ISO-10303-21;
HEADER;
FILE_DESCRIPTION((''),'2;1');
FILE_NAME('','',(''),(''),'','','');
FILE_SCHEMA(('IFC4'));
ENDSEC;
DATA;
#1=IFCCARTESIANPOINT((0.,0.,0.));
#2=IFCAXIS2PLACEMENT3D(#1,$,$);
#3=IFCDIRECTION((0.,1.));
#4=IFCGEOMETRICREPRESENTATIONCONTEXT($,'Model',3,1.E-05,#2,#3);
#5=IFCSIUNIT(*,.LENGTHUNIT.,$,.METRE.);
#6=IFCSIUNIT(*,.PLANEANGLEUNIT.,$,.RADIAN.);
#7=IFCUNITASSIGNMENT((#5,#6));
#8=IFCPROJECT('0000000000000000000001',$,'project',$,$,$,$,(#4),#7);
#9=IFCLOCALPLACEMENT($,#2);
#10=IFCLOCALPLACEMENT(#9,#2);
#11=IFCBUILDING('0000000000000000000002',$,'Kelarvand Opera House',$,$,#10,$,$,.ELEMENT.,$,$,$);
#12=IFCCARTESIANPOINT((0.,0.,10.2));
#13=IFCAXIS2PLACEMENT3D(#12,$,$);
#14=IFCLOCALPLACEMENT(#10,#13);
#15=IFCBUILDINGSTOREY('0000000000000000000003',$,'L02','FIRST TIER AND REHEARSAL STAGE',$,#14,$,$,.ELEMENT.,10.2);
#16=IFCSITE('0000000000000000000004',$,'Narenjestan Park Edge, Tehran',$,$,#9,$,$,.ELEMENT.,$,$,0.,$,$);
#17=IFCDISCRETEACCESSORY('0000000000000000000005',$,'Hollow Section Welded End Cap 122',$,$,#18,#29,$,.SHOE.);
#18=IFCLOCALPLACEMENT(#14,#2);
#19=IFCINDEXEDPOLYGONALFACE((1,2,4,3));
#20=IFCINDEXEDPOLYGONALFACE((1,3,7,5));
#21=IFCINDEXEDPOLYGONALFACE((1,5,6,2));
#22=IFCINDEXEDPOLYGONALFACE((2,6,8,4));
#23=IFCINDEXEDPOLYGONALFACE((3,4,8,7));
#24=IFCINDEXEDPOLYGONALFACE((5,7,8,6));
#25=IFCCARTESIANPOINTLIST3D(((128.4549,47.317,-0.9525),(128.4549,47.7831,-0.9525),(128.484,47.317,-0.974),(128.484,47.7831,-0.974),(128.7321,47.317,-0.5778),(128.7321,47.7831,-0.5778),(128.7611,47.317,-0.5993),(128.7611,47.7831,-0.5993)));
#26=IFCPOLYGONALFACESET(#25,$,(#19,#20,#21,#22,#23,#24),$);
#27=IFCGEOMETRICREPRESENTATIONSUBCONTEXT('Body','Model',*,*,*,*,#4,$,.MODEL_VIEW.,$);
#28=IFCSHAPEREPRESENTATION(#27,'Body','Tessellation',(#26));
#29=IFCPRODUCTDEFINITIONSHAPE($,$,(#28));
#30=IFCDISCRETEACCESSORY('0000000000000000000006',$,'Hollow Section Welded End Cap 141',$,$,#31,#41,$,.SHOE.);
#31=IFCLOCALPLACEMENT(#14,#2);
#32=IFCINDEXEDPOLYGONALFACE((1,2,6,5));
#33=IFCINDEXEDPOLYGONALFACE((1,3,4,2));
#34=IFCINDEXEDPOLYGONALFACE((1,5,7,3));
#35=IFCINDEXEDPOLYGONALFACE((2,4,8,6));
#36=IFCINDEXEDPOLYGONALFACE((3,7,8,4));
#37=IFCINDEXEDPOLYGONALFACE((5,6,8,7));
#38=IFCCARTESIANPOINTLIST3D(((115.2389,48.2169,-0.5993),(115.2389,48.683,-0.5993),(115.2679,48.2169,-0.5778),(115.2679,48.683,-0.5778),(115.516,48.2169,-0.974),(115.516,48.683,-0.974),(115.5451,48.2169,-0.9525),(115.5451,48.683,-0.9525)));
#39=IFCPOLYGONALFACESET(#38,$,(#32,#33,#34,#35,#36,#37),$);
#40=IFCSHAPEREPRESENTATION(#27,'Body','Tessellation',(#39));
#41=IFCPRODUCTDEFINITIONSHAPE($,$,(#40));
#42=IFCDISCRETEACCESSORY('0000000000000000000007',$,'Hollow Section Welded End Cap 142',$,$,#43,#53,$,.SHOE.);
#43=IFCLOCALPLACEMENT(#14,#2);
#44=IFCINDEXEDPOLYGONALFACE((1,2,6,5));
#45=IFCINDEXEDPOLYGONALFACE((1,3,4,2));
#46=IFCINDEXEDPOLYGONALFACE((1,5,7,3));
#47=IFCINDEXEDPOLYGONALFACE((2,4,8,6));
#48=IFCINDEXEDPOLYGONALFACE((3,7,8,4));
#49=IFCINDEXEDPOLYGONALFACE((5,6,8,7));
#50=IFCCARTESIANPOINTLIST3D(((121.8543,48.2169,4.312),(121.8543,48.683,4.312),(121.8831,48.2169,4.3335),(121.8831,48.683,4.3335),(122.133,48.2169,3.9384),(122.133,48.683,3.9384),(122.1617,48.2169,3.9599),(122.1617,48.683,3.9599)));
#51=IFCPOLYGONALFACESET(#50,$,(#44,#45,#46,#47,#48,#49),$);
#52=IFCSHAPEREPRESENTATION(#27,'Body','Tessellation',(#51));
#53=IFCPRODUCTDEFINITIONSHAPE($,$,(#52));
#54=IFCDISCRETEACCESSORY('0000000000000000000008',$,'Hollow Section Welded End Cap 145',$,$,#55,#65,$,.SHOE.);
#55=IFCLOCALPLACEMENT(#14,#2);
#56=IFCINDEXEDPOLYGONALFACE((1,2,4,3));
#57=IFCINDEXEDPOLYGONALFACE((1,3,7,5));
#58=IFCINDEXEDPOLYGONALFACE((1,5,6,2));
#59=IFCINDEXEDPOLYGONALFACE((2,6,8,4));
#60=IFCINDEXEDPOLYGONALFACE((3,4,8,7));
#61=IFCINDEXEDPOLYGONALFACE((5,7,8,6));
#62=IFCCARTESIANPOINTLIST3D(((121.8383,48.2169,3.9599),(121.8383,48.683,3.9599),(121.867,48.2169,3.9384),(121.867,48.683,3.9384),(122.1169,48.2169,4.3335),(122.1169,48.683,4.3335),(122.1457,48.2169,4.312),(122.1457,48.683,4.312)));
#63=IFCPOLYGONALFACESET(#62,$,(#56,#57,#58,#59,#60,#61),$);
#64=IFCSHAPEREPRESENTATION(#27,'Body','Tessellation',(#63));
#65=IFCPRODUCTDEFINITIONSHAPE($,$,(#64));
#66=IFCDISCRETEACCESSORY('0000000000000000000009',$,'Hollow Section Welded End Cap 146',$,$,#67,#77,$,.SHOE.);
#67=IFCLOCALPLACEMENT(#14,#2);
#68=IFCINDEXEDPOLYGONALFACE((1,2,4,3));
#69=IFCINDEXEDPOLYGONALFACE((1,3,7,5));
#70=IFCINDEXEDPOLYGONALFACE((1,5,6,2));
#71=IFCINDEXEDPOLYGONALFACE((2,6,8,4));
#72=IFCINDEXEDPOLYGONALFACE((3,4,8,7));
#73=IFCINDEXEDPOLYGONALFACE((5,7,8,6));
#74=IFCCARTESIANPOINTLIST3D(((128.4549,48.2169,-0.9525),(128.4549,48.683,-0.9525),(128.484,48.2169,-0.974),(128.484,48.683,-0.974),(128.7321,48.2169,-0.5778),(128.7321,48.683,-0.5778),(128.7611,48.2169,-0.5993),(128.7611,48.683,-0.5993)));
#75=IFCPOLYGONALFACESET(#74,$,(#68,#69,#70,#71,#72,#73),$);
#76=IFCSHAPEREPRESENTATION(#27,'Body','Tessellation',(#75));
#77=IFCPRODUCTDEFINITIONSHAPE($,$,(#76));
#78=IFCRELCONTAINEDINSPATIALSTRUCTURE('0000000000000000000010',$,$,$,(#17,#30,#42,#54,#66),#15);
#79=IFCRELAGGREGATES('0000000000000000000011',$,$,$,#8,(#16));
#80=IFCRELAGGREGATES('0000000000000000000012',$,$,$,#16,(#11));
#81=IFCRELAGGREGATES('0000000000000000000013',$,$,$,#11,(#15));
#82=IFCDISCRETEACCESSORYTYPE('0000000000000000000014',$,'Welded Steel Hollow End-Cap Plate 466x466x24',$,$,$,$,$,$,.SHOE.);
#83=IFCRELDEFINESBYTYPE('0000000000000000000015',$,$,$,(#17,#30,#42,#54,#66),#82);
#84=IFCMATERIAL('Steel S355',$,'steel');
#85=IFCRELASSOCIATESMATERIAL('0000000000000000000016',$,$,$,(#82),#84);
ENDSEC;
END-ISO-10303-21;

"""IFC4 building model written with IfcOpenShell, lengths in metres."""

from ifc_helpers import new_model, si_unit, direction, frame, origin, origin_2d, place, context, subcontext, project, spatial, rectangle, extrude, material, material_profile, profile_set, type_object, element, save


model = new_model("IFC4")

# Units and contexts
model_context = context("Model", 3, precision=1e-05, world=origin(), true_north=direction((0.0, 1.0)))
body_context = subcontext(model_context, "Body", "Model", "MODEL_VIEW")
ifc_project = project(units=[si_unit("LENGTHUNIT", "METRE"), si_unit("PLANEANGLEUNIT", "RADIAN")], contexts=[model_context])

# Site, building, storey
site_placement = place(None, origin())
site = spatial("IfcSite", under=ifc_project, at=site_placement, Name="Narenjestan Park Edge, Tehran", CompositionType="ELEMENT", RefElevation=0.0)
building_placement = place(site_placement, origin())
building = spatial("IfcBuilding", under=site, at=building_placement, Name="Kelarvand Opera House", CompositionType="ELEMENT")
storey_placement = place(building_placement, frame((0.0, 0.0, 10.2)))
storey = spatial("IfcBuildingStorey", under=building, at=storey_placement, Name="L02", Description="FIRST TIER AND REHEARSAL STAGE", CompositionType="ELEMENT", Elevation=10.2)

# Shared definitions
ifc_material_1 = material(Name="Steel S355", Category="steel")

# Discrete accessories
ifc_material_profile_1 = material_profile(ifc_material_1, rectangle(XDim=0.4661, YDim=0.4661, at=origin_2d()), Name="Welded Steel Hollow End-Cap Plate 466x466x24", Category="steel")
ifc_profile_set_1 = profile_set([ifc_material_profile_1], Name="Steel S355")
discrete_accessory_type = type_object("IfcDiscreteAccessoryType", Name="Welded Steel Hollow End-Cap Plate 466x466x24", PredefinedType="SHOE", material=ifc_profile_set_1)
for number, where, z_axis, x_axis, name in (
    (1, (128.5935, 47.55, -0.7651), (0.804036, 0.0, -0.594581), (0.0, 1.0, 0.0), "Hollow Section Welded End Cap 122"),
    (2, (115.4065, 48.45, -0.7651), (-0.804036, 0.0, -0.594581), (0.0, -1.0, 0.0), "Hollow Section Welded End Cap 141"),
):
    element("IfcDiscreteAccessory", number, at=place(storey_placement, frame(where, z_axis=z_axis, x_axis=x_axis)), inside=storey, type_object=discrete_accessory_type, Name=name, PredefinedType="SHOE", context=body_context, shape_type="SweptSolid", body=[
        extrude(rectangle(XDim=0.4661, YDim=0.4661, at=origin_2d()), origin(), (0.0, 0.0, 1.0), 0.0361),
    ])
for number, where, z_axis, x_axis, name in (
    (3, (121.9937, 48.45, 4.1252), (0.801627, 0.0, 0.597824), (0.0, 1.0, 0.0), "Hollow Section Welded End Cap 142"),
    (4, (122.0063, 48.45, 4.1252), (-0.801627, 0.0, 0.597824), (0.0, -1.0, 0.0), "Hollow Section Welded End Cap 145"),
):
    element("IfcDiscreteAccessory", number, at=place(storey_placement, frame(where, z_axis=z_axis, x_axis=x_axis)), inside=storey, type_object=discrete_accessory_type, Name=name, PredefinedType="SHOE", context=body_context, shape_type="SweptSolid", body=[
        extrude(rectangle(XDim=0.4661, YDim=0.4661, at=origin_2d()), origin(), (0.0, 0.0, 1.0), 0.0359),
    ])
discrete_accessory_placement = place(storey_placement, frame((128.5935, 48.45, -0.7651), z_axis=(0.804036, 0.0, -0.594581), x_axis=(0.0, 1.0, 0.0)))
element("IfcDiscreteAccessory", 5, at=discrete_accessory_placement, inside=storey, type_object=discrete_accessory_type, Name="Hollow Section Welded End Cap 146", PredefinedType="SHOE", context=body_context, shape_type="SweptSolid", body=[
    extrude(rectangle(XDim=0.4661, YDim=0.4661, at=origin_2d()), origin(), (0.0, 0.0, 1.0), 0.0361),
])

save(model, "model.ifc")
